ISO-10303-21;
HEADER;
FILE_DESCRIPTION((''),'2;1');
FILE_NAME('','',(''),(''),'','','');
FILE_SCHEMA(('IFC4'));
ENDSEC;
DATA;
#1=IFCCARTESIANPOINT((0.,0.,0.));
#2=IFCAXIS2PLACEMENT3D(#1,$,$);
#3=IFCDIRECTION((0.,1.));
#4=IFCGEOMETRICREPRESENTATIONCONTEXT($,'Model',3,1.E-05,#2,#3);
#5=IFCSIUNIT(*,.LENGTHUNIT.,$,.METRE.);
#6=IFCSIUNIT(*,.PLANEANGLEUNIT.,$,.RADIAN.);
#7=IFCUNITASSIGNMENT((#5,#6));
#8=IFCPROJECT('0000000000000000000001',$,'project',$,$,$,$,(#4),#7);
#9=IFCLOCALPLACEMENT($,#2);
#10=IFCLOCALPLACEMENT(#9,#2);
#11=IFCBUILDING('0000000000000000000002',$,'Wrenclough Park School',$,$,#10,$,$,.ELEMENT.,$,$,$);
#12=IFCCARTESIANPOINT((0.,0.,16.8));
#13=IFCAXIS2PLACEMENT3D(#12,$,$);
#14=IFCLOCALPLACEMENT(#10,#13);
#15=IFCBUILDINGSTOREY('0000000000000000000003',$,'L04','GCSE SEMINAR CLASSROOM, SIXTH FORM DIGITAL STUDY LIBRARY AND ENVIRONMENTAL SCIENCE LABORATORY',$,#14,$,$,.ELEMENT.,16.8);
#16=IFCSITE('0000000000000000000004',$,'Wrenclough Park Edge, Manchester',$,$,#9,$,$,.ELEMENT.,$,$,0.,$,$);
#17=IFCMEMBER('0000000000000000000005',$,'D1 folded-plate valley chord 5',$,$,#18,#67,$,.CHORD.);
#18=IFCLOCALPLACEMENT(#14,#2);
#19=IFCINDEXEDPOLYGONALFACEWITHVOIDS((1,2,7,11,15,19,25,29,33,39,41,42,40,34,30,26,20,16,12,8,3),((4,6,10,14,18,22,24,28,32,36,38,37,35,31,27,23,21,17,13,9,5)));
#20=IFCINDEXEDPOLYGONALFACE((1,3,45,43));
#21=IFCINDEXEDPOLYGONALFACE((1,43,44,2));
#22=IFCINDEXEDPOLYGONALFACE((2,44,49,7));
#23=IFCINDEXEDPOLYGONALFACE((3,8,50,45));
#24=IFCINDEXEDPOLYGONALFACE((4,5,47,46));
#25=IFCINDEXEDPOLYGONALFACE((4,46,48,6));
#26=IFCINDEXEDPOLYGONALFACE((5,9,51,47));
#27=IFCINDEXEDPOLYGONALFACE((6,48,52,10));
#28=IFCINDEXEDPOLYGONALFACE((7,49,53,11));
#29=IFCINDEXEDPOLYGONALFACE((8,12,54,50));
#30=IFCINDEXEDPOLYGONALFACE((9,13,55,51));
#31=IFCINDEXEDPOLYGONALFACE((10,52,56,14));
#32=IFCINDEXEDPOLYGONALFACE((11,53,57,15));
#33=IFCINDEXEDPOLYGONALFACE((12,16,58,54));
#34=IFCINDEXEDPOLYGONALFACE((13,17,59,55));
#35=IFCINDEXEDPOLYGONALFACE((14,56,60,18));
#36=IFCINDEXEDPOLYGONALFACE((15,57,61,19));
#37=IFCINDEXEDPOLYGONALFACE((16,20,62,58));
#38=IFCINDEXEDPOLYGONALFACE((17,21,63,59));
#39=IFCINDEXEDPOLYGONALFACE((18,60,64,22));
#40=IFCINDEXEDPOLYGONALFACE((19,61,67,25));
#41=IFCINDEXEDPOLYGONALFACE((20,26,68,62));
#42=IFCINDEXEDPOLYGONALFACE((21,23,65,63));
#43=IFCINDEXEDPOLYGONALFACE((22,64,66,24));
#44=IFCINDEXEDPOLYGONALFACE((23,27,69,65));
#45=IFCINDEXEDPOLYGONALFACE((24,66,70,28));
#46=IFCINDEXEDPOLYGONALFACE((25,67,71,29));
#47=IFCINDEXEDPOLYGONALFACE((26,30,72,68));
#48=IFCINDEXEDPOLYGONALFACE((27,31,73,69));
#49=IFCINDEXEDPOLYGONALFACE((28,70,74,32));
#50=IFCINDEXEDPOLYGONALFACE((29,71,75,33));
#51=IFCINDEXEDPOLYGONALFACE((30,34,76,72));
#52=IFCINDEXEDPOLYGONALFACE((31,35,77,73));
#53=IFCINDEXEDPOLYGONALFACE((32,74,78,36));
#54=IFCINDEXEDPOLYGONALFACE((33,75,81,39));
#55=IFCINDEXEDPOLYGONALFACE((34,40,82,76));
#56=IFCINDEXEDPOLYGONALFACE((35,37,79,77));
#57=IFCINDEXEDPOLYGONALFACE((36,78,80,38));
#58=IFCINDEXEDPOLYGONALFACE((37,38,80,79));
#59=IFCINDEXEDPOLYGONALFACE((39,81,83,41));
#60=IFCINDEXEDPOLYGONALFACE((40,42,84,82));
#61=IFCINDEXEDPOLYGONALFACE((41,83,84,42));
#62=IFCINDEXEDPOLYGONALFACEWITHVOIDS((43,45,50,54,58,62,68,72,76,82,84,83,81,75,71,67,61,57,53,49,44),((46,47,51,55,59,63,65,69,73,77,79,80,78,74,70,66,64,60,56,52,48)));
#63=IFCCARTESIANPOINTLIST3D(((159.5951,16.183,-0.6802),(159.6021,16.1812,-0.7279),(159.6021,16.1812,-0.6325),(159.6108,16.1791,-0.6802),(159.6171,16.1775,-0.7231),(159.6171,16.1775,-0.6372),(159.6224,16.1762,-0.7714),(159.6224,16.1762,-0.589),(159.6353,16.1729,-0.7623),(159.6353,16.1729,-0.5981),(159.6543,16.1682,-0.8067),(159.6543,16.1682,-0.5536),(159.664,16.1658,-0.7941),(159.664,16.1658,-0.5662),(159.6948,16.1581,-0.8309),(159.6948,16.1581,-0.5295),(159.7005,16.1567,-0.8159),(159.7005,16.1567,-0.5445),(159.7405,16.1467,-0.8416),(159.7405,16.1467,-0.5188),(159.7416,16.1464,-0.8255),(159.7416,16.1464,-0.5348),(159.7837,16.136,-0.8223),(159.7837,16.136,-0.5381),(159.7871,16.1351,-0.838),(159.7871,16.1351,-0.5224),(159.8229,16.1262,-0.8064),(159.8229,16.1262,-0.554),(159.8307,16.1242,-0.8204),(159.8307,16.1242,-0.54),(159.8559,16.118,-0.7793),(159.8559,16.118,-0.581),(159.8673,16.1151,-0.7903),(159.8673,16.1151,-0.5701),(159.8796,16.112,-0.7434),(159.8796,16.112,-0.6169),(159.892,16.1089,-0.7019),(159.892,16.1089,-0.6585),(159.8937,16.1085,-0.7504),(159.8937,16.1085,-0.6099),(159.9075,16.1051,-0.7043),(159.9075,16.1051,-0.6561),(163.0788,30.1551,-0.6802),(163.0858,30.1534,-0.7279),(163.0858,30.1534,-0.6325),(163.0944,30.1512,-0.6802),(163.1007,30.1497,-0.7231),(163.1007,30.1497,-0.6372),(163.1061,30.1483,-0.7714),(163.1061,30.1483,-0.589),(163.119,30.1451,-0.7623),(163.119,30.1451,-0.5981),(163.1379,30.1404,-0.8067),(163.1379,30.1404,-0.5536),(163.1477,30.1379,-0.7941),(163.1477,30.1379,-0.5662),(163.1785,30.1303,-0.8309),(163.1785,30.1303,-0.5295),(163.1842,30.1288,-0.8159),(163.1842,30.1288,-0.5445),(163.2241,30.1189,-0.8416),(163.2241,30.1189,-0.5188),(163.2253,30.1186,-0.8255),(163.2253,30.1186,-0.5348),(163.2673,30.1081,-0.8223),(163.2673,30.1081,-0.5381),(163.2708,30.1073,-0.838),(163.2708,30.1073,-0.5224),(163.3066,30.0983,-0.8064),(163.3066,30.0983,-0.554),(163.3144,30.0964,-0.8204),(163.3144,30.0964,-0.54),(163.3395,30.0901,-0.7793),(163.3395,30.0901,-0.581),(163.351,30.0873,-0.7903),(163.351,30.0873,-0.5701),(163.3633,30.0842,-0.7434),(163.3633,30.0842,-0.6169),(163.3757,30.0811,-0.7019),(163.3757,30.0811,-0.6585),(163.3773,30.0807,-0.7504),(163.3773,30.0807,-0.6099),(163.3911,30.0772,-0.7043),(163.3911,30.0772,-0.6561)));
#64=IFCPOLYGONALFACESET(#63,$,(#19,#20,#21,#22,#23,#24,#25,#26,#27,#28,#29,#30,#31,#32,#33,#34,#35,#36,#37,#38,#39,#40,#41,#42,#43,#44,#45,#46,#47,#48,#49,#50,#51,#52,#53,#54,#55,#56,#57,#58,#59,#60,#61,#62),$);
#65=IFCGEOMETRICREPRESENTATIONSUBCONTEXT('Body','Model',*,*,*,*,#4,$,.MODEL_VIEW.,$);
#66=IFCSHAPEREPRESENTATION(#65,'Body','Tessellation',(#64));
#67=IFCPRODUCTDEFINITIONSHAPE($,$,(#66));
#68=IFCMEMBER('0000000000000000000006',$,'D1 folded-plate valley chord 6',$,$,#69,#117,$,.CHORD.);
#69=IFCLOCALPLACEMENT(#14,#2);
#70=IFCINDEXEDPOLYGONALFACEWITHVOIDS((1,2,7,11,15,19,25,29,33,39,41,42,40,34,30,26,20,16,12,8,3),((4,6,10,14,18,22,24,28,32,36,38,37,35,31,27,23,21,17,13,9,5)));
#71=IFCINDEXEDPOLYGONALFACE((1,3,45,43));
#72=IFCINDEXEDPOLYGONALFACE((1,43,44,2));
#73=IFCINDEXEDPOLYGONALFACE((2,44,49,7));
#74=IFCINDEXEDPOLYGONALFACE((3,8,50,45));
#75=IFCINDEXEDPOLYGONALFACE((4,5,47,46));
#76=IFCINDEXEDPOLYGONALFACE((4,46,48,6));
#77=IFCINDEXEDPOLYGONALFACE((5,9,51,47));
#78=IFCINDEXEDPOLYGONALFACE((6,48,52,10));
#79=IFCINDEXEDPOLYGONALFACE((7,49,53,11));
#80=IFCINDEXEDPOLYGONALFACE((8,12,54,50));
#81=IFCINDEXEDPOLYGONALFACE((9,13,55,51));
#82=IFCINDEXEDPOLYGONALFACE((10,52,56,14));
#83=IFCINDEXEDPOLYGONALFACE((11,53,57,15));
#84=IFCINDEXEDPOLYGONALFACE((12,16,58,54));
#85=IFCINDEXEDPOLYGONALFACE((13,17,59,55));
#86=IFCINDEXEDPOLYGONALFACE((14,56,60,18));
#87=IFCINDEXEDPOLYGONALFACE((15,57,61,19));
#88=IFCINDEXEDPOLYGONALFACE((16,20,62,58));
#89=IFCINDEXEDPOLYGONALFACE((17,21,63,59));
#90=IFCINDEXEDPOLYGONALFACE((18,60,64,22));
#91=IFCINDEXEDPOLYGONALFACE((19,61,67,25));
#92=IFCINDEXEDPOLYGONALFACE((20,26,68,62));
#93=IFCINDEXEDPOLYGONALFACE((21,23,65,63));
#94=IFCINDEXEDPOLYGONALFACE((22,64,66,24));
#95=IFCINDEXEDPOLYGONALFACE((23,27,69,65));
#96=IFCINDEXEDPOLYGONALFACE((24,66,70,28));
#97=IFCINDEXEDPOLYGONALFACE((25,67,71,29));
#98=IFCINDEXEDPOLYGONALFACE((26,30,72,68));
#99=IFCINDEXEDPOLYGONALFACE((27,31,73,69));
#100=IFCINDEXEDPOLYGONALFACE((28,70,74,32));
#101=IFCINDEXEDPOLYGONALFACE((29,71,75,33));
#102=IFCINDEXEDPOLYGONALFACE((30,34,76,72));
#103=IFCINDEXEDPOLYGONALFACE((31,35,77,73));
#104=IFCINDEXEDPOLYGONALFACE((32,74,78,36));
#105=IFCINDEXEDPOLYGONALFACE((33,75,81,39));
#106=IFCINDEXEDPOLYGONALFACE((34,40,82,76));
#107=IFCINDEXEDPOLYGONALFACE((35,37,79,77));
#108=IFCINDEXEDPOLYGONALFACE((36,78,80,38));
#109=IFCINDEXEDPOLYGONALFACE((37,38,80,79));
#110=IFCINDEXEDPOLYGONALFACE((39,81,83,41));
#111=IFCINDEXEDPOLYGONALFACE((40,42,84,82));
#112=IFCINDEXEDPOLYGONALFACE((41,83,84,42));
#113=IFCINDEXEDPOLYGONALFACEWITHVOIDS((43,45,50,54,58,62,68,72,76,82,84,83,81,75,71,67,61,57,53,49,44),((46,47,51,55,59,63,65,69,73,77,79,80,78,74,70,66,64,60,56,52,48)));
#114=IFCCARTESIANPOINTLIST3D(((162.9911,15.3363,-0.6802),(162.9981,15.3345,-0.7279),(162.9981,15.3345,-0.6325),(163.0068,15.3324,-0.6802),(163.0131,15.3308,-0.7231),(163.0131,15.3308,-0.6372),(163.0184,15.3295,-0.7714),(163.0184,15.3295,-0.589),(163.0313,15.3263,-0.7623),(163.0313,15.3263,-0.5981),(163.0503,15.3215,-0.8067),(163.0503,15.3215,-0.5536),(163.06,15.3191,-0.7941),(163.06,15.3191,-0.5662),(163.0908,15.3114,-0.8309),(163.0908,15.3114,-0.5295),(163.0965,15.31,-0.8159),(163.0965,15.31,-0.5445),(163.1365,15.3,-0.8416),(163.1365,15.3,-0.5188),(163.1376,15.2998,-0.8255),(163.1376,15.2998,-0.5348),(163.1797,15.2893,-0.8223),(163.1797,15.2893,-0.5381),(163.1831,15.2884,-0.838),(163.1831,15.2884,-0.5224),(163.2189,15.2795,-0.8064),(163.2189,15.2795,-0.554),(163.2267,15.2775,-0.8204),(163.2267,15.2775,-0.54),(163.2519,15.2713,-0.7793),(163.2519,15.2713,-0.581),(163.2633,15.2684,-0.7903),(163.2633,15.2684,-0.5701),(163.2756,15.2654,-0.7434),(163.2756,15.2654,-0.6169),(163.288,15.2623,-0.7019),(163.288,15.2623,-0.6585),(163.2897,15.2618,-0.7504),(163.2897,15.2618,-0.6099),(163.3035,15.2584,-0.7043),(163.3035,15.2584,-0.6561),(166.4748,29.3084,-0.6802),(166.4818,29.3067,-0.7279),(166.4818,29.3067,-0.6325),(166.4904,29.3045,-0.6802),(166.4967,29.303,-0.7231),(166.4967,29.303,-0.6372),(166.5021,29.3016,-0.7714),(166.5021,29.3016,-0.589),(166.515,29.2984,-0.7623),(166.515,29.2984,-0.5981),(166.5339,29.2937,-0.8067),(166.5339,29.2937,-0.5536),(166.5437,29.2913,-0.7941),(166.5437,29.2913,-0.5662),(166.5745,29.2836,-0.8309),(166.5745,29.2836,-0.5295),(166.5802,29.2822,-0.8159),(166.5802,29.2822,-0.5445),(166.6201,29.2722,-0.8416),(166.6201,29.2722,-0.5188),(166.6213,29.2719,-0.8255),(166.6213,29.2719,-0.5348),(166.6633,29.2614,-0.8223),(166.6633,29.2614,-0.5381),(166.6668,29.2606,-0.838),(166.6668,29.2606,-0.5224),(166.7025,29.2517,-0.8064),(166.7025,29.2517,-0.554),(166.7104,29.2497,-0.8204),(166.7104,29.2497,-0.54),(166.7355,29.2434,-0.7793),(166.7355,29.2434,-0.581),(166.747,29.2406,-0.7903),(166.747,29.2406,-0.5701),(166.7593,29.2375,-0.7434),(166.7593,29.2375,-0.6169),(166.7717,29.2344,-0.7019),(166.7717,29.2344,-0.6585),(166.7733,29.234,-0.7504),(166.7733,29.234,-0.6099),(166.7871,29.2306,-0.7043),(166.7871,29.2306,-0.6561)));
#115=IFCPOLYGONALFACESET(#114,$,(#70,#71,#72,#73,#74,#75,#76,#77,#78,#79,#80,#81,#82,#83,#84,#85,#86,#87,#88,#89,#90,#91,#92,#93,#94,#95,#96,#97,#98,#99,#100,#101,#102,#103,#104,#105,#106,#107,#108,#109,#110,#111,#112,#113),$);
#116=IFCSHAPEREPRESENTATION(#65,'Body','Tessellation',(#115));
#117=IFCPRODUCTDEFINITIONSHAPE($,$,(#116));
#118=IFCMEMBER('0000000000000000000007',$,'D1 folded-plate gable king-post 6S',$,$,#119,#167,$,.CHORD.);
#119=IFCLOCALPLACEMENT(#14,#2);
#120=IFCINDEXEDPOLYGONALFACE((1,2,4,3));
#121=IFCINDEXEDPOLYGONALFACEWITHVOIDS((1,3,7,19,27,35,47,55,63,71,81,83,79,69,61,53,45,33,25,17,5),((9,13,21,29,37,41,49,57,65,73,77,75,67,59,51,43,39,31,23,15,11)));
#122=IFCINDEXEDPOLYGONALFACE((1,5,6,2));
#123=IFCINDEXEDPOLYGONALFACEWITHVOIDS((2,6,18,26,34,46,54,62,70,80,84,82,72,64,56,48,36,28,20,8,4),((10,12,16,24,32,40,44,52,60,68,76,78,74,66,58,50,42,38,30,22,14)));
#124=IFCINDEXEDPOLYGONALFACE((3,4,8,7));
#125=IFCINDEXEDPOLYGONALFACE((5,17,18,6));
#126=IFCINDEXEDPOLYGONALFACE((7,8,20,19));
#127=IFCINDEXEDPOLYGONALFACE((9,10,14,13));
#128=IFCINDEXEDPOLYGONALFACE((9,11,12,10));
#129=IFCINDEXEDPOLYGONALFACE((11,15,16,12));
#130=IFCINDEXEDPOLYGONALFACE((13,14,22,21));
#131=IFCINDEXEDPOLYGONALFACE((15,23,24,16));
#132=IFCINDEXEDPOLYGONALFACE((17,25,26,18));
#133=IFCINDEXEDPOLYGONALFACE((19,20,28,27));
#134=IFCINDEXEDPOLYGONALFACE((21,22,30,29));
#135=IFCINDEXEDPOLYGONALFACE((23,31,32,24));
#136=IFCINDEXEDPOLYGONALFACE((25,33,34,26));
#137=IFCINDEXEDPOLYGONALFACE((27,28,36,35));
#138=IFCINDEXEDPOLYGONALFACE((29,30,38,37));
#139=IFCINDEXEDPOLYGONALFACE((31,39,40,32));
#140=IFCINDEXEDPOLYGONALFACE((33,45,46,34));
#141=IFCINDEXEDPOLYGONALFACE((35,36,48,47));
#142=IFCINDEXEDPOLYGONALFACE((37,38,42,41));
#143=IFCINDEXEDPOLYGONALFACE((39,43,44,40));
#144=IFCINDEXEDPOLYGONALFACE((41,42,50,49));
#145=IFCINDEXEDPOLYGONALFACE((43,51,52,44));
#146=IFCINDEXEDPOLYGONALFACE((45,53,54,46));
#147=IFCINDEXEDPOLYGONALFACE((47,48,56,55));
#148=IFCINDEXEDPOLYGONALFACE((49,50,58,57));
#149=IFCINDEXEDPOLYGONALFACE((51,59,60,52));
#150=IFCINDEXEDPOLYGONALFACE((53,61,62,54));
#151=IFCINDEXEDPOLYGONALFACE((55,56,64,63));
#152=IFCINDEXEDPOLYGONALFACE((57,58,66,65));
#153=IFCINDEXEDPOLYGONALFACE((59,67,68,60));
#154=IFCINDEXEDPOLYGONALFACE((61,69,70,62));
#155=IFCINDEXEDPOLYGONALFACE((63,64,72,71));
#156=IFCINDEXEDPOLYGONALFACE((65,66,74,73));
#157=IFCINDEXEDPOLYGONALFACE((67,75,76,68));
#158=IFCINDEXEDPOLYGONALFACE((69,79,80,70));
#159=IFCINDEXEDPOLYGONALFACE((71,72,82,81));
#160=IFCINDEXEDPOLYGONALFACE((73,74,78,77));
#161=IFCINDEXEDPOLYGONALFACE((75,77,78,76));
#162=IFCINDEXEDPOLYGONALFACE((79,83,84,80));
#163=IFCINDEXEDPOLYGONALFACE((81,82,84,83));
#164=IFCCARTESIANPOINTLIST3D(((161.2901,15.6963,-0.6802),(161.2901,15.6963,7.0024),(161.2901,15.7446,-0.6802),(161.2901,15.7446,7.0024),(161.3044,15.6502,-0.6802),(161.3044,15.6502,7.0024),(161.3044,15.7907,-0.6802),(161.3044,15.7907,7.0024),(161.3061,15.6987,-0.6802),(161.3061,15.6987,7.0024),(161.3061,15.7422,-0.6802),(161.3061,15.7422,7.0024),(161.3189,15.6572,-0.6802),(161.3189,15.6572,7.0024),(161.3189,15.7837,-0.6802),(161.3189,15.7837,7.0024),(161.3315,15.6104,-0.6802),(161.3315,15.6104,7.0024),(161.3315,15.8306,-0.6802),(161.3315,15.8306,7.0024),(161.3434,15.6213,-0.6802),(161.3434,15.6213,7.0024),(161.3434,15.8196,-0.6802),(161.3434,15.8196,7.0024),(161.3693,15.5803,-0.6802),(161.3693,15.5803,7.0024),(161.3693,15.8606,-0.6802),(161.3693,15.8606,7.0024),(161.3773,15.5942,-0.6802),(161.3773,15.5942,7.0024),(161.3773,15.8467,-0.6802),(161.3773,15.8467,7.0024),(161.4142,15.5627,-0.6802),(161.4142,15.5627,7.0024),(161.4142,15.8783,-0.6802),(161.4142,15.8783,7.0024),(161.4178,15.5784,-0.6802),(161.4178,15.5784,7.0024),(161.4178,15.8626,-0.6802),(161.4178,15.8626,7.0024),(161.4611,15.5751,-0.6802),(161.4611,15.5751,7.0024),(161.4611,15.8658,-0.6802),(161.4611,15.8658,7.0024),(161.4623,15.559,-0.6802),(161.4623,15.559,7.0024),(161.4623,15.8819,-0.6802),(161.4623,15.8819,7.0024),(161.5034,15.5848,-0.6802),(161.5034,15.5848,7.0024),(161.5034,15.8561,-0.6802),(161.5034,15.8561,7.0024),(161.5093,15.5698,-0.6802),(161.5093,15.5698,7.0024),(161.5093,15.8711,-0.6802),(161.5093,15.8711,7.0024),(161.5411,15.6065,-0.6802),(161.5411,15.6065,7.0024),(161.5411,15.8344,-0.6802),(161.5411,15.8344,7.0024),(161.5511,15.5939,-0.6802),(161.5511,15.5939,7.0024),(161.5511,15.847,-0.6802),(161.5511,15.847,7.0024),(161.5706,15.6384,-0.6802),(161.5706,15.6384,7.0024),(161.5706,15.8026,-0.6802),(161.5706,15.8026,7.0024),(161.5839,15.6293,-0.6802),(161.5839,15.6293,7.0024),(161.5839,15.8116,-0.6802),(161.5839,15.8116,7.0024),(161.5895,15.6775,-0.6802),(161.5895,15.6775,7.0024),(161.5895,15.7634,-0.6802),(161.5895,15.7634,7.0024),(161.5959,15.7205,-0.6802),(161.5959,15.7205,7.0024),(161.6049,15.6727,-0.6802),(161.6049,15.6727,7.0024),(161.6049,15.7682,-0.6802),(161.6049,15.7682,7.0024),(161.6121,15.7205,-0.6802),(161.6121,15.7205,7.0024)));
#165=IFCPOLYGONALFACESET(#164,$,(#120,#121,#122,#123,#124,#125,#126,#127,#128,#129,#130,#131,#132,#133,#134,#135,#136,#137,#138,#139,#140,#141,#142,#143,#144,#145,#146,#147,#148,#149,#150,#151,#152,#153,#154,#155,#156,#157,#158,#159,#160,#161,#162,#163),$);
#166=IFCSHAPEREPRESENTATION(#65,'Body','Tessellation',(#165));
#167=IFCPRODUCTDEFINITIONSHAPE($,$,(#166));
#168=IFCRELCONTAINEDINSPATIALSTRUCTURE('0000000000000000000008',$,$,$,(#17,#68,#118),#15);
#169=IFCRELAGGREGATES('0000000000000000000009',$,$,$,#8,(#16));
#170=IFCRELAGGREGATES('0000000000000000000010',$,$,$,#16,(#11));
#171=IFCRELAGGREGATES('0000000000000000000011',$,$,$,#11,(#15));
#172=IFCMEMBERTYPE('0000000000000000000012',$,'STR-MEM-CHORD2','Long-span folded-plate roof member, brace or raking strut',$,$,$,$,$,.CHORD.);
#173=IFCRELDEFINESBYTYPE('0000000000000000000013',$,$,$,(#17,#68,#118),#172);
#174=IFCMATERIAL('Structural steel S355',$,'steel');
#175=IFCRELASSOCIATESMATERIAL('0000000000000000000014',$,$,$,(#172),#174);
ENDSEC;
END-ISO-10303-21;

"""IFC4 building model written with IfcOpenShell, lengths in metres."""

from ifc_helpers import new_model, si_unit, direction, frame, origin, origin_2d, place, context, subcontext, project, spatial, hollow_circle, extrude, material, material_profile, profile_set, type_object, element, save


model = new_model("IFC4")

# Units and contexts
model_context = context("Model", 3, precision=1e-05, world=origin(), true_north=direction((0.0, 1.0)))
body_context = subcontext(model_context, "Body", "Model", "MODEL_VIEW")
ifc_project = project(units=[si_unit("LENGTHUNIT", "METRE"), si_unit("PLANEANGLEUNIT", "RADIAN")], contexts=[model_context])

# Site, building, storey
site_placement = place(None, origin())
site = spatial("IfcSite", under=ifc_project, at=site_placement, Name="Wrenclough Park Edge, Manchester", CompositionType="ELEMENT", RefElevation=0.0)
building_placement = place(site_placement, origin())
building = spatial("IfcBuilding", under=site, at=building_placement, Name="Wrenclough Park School", CompositionType="ELEMENT")
storey_placement = place(building_placement, frame((0.0, 0.0, 16.8)))
storey = spatial("IfcBuildingStorey", under=building, at=storey_placement, Name="L04", Description="GCSE SEMINAR CLASSROOM, SIXTH FORM DIGITAL STUDY LIBRARY AND ENVIRONMENTAL SCIENCE LABORATORY", CompositionType="ELEMENT", Elevation=16.8)

# Shared definitions
ifc_material_1 = material(Name="Structural steel S355", Category="steel")

# Members
ifc_material_profile_1 = material_profile(ifc_material_1, hollow_circle(Radius=0.1619, WallThickness=0.0161, at=origin_2d()), Name="CHS 323.9x16.0")
ifc_profile_set_1 = profile_set([ifc_material_profile_1], Name="Structural steel S355")
member_type_1 = type_object("IfcMemberType", Name="STR-MEM-CHORD2", Description="Long-span folded-plate roof member, brace or raking strut", PredefinedType="CHORD", material=ifc_profile_set_1)
for number, where, z_axis, x_axis, name in (
    (1, (159.7522, 16.1438, -0.6802), (0.241921, 0.970296, 0.0), (-0.970296, 0.241921, 0.0), "D1 folded-plate valley chord 5"),
    (2, (163.1482, 15.2971, -0.6802), (0.241921, 0.970296, 0.0), (-0.970296, 0.241921, 0.0), "D1 folded-plate valley chord 6"),
):
    element("IfcMember", number, at=place(storey_placement, frame(where, z_axis=z_axis, x_axis=x_axis)), inside=storey, type_object=member_type_1, Name=name, PredefinedType="CHORD", context=body_context, shape_type="SweptSolid", body=[
        extrude(hollow_circle(Radius=0.1619, WallThickness=0.0161, at=origin_2d()), origin(), (0.0, 0.0, 1.0), 14.3999),
    ])
member_1_placement = place(storey_placement, frame((161.4502, 15.7205, -0.6802), z_axis=(0.0, 0.0, 1.0), x_axis=(1.0, 0.0, 0.0)))
element("IfcMember", 3, at=member_1_placement, inside=storey, type_object=member_type_1, Name="D1 folded-plate gable king-post 6S", PredefinedType="CHORD", context=body_context, shape_type="SweptSolid", body=[
    extrude(hollow_circle(Radius=0.1619, WallThickness=0.0161, at=origin_2d()), origin(), (0.0, 0.0, 1.0), 7.6826),
])

save(model, "model.ifc")
